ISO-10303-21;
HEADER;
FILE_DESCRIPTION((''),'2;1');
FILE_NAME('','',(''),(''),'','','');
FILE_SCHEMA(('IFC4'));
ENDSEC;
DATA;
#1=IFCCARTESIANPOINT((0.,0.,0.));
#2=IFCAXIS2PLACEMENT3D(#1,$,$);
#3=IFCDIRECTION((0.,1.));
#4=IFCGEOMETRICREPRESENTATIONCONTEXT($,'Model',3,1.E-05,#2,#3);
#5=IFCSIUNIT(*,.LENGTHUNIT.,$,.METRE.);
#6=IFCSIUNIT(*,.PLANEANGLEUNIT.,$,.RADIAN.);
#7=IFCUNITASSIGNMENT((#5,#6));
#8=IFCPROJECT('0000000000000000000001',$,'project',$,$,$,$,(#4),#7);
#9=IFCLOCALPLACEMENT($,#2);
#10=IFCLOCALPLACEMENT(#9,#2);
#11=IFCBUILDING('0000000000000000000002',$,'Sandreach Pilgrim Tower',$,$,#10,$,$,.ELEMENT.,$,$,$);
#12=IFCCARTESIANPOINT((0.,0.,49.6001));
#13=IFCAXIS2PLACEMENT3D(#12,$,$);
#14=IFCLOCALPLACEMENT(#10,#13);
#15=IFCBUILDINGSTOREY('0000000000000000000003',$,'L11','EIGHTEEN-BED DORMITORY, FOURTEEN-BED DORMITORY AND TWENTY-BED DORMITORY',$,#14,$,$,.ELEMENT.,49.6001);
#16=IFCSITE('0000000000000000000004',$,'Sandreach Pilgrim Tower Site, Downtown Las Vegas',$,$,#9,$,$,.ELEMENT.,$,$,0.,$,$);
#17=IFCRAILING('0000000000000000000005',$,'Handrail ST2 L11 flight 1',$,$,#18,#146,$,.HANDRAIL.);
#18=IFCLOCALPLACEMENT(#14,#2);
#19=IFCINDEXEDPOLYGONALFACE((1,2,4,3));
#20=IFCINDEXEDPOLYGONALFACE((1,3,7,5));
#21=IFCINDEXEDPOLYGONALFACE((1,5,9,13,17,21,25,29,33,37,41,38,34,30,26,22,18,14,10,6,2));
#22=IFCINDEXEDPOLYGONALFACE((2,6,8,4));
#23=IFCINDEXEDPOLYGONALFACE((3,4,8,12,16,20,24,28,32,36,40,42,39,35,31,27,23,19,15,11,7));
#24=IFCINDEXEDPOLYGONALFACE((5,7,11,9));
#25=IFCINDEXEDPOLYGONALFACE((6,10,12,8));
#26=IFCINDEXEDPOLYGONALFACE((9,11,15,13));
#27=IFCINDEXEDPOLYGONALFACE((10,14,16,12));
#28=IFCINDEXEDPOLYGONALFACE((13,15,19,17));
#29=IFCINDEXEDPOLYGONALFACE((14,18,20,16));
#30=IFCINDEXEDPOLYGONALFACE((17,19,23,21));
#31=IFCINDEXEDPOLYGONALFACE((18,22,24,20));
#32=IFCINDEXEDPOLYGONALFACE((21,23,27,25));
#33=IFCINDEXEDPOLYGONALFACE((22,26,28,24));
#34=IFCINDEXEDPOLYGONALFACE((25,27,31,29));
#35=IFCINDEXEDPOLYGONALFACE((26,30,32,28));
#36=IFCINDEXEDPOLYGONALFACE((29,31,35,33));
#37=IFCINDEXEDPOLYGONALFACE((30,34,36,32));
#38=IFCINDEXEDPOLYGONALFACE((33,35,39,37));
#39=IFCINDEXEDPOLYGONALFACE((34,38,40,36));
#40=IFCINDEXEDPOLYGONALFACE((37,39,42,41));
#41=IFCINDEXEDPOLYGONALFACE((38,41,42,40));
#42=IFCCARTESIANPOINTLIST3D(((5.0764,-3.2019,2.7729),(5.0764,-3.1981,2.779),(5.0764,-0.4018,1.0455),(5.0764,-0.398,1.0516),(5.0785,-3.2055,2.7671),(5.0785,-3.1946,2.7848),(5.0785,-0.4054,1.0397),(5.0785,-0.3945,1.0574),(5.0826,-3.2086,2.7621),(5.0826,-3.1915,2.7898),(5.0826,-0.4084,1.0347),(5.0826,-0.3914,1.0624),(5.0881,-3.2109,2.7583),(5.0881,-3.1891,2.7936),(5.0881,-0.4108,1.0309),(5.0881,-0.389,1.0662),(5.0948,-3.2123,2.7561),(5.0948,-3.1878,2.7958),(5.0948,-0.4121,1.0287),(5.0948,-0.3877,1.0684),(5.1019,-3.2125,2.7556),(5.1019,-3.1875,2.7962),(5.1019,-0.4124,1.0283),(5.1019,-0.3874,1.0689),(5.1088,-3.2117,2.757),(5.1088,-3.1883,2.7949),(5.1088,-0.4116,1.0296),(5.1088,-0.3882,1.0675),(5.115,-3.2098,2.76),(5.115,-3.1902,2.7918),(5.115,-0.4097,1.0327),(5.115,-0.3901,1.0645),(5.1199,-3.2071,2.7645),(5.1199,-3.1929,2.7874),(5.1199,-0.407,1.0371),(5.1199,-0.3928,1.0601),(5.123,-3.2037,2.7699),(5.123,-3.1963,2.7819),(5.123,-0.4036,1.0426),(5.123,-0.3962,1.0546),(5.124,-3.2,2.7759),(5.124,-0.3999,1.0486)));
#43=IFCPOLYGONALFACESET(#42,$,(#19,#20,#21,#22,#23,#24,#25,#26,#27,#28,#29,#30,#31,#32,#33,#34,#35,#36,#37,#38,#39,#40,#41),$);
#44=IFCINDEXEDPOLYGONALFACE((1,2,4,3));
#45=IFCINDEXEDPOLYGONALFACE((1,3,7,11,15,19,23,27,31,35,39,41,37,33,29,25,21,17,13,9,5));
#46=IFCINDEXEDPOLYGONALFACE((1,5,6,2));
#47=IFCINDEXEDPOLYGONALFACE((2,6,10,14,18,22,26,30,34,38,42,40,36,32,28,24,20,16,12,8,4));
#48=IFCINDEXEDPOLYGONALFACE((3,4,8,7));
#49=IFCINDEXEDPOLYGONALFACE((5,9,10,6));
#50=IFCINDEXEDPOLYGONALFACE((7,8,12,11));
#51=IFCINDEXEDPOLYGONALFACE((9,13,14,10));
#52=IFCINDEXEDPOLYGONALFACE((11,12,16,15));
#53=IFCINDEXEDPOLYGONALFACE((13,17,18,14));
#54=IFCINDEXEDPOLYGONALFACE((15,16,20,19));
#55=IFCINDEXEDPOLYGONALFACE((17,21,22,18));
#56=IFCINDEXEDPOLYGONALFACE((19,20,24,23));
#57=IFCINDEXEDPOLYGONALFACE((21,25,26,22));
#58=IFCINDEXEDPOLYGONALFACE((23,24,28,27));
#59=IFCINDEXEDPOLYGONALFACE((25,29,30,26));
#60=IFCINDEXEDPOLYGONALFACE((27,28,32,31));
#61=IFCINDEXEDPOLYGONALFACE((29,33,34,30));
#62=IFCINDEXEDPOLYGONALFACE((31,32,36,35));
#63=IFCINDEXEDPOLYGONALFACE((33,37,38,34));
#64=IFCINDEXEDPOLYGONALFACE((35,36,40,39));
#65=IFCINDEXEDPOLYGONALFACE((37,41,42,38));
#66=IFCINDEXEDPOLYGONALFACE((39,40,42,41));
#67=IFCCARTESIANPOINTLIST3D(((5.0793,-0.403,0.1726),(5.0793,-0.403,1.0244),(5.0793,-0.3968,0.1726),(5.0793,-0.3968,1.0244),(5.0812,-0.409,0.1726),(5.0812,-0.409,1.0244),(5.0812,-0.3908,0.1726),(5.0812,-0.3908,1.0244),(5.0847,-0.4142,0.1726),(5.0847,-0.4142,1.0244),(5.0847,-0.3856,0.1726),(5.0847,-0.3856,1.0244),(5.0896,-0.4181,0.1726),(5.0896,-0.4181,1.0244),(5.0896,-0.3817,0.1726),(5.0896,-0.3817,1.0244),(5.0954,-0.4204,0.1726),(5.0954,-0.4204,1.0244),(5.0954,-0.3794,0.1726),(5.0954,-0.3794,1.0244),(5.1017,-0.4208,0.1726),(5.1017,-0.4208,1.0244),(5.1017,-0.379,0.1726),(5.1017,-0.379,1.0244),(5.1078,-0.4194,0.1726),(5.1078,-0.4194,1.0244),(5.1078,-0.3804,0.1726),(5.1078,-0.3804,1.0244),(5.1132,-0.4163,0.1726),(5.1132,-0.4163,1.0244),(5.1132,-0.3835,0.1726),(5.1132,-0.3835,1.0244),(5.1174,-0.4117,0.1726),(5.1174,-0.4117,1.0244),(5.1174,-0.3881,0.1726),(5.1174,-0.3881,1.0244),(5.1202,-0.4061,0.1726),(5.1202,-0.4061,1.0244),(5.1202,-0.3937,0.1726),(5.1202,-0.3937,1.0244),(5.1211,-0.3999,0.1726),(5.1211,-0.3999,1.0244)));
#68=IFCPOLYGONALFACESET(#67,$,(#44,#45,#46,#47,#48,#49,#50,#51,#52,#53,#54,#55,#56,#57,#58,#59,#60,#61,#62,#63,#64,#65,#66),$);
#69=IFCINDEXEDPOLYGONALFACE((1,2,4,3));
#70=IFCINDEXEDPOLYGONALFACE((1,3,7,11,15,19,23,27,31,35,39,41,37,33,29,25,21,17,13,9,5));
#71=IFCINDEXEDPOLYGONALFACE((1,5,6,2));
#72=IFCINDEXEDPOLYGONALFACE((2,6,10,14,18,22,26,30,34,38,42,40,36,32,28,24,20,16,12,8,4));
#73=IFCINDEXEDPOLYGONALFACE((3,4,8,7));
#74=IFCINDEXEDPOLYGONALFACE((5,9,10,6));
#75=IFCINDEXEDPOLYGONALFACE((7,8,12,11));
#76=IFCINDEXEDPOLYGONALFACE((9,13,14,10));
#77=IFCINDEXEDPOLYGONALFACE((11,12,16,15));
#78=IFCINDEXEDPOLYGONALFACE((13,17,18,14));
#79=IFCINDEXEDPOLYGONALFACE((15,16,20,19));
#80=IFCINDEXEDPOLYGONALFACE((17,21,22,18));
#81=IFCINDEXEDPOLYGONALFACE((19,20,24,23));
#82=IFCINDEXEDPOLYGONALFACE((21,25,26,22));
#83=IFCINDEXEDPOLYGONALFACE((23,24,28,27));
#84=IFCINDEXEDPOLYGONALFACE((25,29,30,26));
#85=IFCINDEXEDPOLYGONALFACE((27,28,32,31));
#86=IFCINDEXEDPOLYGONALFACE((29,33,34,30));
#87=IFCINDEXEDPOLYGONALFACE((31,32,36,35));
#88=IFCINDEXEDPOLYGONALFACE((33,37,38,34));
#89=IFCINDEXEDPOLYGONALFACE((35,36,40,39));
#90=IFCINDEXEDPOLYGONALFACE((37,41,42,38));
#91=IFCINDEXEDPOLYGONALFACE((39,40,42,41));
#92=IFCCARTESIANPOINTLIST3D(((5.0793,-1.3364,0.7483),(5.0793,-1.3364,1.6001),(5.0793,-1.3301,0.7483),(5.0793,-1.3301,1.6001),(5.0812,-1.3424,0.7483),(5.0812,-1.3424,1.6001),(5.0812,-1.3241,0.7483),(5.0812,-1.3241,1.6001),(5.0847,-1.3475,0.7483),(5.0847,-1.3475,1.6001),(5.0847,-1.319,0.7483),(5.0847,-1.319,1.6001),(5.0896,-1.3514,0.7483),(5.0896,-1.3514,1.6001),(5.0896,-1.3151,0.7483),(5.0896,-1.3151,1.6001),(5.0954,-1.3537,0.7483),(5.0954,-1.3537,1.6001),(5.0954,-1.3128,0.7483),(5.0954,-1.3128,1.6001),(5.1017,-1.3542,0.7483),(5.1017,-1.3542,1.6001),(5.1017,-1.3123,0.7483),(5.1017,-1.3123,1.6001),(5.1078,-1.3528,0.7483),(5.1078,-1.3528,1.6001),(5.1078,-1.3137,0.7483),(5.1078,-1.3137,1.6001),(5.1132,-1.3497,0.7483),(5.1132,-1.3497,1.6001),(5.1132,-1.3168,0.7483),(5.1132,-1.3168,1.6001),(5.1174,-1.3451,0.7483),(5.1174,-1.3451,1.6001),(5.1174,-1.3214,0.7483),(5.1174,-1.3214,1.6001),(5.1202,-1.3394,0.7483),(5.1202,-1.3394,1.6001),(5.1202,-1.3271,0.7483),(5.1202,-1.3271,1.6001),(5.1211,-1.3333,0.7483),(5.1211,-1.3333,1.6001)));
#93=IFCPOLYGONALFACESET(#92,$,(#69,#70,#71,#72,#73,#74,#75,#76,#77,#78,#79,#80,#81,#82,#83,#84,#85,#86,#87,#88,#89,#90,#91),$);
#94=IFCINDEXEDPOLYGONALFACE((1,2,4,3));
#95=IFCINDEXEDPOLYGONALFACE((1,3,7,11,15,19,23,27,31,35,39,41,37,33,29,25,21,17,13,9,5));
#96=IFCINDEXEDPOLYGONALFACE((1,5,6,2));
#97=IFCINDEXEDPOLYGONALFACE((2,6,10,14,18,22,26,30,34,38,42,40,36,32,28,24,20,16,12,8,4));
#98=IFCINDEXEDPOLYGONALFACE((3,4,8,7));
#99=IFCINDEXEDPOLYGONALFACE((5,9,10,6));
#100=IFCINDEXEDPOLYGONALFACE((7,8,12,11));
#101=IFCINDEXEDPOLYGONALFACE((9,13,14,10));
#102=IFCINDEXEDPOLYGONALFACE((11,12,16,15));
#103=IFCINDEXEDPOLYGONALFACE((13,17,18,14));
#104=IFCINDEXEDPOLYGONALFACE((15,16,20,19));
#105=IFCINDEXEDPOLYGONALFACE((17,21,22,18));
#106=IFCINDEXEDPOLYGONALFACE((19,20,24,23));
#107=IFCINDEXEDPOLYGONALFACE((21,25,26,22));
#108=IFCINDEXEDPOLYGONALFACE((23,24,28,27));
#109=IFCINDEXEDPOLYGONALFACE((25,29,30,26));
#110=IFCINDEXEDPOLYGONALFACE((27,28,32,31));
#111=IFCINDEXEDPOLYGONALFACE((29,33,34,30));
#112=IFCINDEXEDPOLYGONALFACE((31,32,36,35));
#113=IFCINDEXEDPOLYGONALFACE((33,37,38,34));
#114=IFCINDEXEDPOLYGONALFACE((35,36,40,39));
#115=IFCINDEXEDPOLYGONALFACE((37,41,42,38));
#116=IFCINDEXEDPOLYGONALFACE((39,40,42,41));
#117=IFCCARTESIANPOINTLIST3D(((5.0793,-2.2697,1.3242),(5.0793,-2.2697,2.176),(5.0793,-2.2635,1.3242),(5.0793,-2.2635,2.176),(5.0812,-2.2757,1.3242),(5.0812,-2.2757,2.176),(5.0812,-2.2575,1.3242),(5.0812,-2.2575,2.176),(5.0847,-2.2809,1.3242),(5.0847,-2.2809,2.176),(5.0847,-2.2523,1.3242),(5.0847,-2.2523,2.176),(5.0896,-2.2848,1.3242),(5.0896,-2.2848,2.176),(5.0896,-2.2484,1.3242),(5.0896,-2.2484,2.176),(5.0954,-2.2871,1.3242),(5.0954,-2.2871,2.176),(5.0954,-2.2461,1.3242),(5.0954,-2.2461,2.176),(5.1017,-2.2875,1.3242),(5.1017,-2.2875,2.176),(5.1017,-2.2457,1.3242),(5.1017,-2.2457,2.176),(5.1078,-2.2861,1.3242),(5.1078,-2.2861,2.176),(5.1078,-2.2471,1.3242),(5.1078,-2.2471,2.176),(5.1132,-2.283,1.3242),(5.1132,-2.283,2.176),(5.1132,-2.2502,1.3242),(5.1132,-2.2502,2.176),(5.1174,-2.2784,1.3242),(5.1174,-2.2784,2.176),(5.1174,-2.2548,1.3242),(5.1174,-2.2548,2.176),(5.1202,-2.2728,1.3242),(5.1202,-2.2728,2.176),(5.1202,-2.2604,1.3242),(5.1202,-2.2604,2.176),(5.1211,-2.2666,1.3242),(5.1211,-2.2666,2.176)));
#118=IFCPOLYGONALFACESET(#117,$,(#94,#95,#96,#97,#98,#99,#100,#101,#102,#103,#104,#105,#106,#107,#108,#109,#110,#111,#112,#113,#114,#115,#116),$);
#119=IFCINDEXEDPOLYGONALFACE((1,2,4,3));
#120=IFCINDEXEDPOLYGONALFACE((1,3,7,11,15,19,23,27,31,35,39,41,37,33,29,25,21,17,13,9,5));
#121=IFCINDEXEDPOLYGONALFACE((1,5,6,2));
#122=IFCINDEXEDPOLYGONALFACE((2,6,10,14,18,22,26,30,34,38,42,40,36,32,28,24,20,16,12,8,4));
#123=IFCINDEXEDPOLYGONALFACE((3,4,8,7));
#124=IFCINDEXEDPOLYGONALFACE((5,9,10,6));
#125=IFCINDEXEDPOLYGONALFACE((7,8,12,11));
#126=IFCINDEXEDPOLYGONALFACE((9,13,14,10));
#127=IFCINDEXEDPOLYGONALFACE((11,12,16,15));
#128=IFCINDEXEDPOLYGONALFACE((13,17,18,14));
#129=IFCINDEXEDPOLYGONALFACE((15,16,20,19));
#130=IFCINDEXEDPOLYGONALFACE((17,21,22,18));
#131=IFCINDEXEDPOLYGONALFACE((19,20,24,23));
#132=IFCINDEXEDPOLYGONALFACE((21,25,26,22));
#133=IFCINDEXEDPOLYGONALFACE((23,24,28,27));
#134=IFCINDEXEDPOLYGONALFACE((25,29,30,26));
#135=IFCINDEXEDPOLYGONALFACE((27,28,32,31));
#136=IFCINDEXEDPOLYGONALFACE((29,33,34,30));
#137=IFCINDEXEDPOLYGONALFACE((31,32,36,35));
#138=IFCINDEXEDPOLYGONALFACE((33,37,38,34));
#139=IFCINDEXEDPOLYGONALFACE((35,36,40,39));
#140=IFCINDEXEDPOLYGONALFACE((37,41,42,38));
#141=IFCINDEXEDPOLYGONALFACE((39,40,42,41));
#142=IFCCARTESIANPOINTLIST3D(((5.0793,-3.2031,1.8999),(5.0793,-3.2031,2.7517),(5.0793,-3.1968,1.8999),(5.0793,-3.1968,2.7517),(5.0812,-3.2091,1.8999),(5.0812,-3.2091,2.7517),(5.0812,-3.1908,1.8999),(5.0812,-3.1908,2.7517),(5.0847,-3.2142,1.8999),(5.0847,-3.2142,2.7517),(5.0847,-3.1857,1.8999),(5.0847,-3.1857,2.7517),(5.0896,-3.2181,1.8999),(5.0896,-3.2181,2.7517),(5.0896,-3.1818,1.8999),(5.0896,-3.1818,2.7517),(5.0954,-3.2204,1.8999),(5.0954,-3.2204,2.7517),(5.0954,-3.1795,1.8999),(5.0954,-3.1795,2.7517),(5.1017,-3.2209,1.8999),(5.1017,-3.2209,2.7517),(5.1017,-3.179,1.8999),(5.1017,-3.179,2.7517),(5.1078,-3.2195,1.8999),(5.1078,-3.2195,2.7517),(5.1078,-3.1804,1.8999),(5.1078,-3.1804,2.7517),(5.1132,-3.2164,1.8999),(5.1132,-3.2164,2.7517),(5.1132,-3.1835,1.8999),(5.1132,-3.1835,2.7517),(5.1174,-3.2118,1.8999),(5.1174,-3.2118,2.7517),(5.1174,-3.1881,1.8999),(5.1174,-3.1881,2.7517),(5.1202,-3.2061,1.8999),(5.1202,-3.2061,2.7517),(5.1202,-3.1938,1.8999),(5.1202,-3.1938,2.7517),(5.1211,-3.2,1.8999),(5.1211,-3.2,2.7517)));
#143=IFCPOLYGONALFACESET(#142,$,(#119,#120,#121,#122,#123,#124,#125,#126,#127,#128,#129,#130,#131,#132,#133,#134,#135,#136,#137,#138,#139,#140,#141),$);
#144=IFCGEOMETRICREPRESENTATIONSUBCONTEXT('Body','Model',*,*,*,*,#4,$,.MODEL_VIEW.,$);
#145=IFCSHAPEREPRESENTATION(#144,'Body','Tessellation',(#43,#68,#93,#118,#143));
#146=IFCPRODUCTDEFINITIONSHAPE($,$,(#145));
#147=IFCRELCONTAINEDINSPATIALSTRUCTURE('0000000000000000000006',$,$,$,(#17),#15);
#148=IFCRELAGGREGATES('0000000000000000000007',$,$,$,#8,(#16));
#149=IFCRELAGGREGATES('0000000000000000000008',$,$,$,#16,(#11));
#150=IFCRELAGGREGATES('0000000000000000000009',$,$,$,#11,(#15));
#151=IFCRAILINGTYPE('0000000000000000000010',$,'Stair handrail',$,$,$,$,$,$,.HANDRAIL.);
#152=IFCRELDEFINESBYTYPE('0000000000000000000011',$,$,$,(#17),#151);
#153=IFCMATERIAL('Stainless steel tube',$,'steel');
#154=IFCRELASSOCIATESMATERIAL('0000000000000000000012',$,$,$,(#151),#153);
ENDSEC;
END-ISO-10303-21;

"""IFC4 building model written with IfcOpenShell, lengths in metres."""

from ifc_helpers import new_model, si_unit, direction, frame, origin, origin_2d, place, context, subcontext, project, spatial, circle, extrude, material, type_object, element, save


model = new_model("IFC4")

# Units and contexts
model_context = context("Model", 3, precision=1e-05, world=origin(), true_north=direction((0.0, 1.0)))
body_context = subcontext(model_context, "Body", "Model", "MODEL_VIEW")
ifc_project = project(units=[si_unit("LENGTHUNIT", "METRE"), si_unit("PLANEANGLEUNIT", "RADIAN")], contexts=[model_context])

# Site, building, storey
site_placement = place(None, origin())
site = spatial("IfcSite", under=ifc_project, at=site_placement, Name="Sandreach Pilgrim Tower Site, Downtown Las Vegas", CompositionType="ELEMENT", RefElevation=0.0)
building_placement = place(site_placement, origin())
building = spatial("IfcBuilding", under=site, at=building_placement, Name="Sandreach Pilgrim Tower", CompositionType="ELEMENT")
storey_placement = place(building_placement, frame((0.0, 0.0, 49.6001)))
storey = spatial("IfcBuildingStorey", under=building, at=storey_placement, Name="L11", Description="EIGHTEEN-BED DORMITORY, FOURTEEN-BED DORMITORY AND TWENTY-BED DORMITORY", CompositionType="ELEMENT", Elevation=49.6001)

# Railing
ifc_material_1 = material(Name="Stainless steel tube", Category="steel")
railing_type = type_object("IfcRailingType", Name="Stair handrail", PredefinedType="HANDRAIL", material=ifc_material_1)
for number, where, name in (
    (1, (5.1001, -0.3999, 0.1726), "Handrail ST2 L11 flight 1"),
):
    element("IfcRailing", number, at=place(storey_placement, frame(where)), inside=storey, type_object=railing_type, Name=name, PredefinedType="HANDRAIL", context=body_context, shape_type="SweptSolid", body=[
        extrude(circle(Radius=0.0239, at=origin_2d()), frame((0.0, 0.0, 0.876), z_axis=(0.0, -0.85109, 0.52502), x_axis=(1.0, 0.0, 0.0)), (0.0, 0.0, 1.0), 3.29),
        extrude(circle(Radius=0.021, at=origin_2d()), origin(), (0.0, 0.0, 1.0), 0.8518),
        extrude(circle(Radius=0.021, at=origin_2d()), frame((0.0, -0.9333, 0.5757)), (0.0, 0.0, 1.0), 0.8518),
        extrude(circle(Radius=0.021, at=origin_2d()), frame((0.0, -1.8667, 1.1516)), (0.0, 0.0, 1.0), 0.8518),
        extrude(circle(Radius=0.021, at=origin_2d()), frame((0.0, -2.8, 1.7273)), (0.0, 0.0, 1.0), 0.8518),
    ])

save(model, "model.ifc")
